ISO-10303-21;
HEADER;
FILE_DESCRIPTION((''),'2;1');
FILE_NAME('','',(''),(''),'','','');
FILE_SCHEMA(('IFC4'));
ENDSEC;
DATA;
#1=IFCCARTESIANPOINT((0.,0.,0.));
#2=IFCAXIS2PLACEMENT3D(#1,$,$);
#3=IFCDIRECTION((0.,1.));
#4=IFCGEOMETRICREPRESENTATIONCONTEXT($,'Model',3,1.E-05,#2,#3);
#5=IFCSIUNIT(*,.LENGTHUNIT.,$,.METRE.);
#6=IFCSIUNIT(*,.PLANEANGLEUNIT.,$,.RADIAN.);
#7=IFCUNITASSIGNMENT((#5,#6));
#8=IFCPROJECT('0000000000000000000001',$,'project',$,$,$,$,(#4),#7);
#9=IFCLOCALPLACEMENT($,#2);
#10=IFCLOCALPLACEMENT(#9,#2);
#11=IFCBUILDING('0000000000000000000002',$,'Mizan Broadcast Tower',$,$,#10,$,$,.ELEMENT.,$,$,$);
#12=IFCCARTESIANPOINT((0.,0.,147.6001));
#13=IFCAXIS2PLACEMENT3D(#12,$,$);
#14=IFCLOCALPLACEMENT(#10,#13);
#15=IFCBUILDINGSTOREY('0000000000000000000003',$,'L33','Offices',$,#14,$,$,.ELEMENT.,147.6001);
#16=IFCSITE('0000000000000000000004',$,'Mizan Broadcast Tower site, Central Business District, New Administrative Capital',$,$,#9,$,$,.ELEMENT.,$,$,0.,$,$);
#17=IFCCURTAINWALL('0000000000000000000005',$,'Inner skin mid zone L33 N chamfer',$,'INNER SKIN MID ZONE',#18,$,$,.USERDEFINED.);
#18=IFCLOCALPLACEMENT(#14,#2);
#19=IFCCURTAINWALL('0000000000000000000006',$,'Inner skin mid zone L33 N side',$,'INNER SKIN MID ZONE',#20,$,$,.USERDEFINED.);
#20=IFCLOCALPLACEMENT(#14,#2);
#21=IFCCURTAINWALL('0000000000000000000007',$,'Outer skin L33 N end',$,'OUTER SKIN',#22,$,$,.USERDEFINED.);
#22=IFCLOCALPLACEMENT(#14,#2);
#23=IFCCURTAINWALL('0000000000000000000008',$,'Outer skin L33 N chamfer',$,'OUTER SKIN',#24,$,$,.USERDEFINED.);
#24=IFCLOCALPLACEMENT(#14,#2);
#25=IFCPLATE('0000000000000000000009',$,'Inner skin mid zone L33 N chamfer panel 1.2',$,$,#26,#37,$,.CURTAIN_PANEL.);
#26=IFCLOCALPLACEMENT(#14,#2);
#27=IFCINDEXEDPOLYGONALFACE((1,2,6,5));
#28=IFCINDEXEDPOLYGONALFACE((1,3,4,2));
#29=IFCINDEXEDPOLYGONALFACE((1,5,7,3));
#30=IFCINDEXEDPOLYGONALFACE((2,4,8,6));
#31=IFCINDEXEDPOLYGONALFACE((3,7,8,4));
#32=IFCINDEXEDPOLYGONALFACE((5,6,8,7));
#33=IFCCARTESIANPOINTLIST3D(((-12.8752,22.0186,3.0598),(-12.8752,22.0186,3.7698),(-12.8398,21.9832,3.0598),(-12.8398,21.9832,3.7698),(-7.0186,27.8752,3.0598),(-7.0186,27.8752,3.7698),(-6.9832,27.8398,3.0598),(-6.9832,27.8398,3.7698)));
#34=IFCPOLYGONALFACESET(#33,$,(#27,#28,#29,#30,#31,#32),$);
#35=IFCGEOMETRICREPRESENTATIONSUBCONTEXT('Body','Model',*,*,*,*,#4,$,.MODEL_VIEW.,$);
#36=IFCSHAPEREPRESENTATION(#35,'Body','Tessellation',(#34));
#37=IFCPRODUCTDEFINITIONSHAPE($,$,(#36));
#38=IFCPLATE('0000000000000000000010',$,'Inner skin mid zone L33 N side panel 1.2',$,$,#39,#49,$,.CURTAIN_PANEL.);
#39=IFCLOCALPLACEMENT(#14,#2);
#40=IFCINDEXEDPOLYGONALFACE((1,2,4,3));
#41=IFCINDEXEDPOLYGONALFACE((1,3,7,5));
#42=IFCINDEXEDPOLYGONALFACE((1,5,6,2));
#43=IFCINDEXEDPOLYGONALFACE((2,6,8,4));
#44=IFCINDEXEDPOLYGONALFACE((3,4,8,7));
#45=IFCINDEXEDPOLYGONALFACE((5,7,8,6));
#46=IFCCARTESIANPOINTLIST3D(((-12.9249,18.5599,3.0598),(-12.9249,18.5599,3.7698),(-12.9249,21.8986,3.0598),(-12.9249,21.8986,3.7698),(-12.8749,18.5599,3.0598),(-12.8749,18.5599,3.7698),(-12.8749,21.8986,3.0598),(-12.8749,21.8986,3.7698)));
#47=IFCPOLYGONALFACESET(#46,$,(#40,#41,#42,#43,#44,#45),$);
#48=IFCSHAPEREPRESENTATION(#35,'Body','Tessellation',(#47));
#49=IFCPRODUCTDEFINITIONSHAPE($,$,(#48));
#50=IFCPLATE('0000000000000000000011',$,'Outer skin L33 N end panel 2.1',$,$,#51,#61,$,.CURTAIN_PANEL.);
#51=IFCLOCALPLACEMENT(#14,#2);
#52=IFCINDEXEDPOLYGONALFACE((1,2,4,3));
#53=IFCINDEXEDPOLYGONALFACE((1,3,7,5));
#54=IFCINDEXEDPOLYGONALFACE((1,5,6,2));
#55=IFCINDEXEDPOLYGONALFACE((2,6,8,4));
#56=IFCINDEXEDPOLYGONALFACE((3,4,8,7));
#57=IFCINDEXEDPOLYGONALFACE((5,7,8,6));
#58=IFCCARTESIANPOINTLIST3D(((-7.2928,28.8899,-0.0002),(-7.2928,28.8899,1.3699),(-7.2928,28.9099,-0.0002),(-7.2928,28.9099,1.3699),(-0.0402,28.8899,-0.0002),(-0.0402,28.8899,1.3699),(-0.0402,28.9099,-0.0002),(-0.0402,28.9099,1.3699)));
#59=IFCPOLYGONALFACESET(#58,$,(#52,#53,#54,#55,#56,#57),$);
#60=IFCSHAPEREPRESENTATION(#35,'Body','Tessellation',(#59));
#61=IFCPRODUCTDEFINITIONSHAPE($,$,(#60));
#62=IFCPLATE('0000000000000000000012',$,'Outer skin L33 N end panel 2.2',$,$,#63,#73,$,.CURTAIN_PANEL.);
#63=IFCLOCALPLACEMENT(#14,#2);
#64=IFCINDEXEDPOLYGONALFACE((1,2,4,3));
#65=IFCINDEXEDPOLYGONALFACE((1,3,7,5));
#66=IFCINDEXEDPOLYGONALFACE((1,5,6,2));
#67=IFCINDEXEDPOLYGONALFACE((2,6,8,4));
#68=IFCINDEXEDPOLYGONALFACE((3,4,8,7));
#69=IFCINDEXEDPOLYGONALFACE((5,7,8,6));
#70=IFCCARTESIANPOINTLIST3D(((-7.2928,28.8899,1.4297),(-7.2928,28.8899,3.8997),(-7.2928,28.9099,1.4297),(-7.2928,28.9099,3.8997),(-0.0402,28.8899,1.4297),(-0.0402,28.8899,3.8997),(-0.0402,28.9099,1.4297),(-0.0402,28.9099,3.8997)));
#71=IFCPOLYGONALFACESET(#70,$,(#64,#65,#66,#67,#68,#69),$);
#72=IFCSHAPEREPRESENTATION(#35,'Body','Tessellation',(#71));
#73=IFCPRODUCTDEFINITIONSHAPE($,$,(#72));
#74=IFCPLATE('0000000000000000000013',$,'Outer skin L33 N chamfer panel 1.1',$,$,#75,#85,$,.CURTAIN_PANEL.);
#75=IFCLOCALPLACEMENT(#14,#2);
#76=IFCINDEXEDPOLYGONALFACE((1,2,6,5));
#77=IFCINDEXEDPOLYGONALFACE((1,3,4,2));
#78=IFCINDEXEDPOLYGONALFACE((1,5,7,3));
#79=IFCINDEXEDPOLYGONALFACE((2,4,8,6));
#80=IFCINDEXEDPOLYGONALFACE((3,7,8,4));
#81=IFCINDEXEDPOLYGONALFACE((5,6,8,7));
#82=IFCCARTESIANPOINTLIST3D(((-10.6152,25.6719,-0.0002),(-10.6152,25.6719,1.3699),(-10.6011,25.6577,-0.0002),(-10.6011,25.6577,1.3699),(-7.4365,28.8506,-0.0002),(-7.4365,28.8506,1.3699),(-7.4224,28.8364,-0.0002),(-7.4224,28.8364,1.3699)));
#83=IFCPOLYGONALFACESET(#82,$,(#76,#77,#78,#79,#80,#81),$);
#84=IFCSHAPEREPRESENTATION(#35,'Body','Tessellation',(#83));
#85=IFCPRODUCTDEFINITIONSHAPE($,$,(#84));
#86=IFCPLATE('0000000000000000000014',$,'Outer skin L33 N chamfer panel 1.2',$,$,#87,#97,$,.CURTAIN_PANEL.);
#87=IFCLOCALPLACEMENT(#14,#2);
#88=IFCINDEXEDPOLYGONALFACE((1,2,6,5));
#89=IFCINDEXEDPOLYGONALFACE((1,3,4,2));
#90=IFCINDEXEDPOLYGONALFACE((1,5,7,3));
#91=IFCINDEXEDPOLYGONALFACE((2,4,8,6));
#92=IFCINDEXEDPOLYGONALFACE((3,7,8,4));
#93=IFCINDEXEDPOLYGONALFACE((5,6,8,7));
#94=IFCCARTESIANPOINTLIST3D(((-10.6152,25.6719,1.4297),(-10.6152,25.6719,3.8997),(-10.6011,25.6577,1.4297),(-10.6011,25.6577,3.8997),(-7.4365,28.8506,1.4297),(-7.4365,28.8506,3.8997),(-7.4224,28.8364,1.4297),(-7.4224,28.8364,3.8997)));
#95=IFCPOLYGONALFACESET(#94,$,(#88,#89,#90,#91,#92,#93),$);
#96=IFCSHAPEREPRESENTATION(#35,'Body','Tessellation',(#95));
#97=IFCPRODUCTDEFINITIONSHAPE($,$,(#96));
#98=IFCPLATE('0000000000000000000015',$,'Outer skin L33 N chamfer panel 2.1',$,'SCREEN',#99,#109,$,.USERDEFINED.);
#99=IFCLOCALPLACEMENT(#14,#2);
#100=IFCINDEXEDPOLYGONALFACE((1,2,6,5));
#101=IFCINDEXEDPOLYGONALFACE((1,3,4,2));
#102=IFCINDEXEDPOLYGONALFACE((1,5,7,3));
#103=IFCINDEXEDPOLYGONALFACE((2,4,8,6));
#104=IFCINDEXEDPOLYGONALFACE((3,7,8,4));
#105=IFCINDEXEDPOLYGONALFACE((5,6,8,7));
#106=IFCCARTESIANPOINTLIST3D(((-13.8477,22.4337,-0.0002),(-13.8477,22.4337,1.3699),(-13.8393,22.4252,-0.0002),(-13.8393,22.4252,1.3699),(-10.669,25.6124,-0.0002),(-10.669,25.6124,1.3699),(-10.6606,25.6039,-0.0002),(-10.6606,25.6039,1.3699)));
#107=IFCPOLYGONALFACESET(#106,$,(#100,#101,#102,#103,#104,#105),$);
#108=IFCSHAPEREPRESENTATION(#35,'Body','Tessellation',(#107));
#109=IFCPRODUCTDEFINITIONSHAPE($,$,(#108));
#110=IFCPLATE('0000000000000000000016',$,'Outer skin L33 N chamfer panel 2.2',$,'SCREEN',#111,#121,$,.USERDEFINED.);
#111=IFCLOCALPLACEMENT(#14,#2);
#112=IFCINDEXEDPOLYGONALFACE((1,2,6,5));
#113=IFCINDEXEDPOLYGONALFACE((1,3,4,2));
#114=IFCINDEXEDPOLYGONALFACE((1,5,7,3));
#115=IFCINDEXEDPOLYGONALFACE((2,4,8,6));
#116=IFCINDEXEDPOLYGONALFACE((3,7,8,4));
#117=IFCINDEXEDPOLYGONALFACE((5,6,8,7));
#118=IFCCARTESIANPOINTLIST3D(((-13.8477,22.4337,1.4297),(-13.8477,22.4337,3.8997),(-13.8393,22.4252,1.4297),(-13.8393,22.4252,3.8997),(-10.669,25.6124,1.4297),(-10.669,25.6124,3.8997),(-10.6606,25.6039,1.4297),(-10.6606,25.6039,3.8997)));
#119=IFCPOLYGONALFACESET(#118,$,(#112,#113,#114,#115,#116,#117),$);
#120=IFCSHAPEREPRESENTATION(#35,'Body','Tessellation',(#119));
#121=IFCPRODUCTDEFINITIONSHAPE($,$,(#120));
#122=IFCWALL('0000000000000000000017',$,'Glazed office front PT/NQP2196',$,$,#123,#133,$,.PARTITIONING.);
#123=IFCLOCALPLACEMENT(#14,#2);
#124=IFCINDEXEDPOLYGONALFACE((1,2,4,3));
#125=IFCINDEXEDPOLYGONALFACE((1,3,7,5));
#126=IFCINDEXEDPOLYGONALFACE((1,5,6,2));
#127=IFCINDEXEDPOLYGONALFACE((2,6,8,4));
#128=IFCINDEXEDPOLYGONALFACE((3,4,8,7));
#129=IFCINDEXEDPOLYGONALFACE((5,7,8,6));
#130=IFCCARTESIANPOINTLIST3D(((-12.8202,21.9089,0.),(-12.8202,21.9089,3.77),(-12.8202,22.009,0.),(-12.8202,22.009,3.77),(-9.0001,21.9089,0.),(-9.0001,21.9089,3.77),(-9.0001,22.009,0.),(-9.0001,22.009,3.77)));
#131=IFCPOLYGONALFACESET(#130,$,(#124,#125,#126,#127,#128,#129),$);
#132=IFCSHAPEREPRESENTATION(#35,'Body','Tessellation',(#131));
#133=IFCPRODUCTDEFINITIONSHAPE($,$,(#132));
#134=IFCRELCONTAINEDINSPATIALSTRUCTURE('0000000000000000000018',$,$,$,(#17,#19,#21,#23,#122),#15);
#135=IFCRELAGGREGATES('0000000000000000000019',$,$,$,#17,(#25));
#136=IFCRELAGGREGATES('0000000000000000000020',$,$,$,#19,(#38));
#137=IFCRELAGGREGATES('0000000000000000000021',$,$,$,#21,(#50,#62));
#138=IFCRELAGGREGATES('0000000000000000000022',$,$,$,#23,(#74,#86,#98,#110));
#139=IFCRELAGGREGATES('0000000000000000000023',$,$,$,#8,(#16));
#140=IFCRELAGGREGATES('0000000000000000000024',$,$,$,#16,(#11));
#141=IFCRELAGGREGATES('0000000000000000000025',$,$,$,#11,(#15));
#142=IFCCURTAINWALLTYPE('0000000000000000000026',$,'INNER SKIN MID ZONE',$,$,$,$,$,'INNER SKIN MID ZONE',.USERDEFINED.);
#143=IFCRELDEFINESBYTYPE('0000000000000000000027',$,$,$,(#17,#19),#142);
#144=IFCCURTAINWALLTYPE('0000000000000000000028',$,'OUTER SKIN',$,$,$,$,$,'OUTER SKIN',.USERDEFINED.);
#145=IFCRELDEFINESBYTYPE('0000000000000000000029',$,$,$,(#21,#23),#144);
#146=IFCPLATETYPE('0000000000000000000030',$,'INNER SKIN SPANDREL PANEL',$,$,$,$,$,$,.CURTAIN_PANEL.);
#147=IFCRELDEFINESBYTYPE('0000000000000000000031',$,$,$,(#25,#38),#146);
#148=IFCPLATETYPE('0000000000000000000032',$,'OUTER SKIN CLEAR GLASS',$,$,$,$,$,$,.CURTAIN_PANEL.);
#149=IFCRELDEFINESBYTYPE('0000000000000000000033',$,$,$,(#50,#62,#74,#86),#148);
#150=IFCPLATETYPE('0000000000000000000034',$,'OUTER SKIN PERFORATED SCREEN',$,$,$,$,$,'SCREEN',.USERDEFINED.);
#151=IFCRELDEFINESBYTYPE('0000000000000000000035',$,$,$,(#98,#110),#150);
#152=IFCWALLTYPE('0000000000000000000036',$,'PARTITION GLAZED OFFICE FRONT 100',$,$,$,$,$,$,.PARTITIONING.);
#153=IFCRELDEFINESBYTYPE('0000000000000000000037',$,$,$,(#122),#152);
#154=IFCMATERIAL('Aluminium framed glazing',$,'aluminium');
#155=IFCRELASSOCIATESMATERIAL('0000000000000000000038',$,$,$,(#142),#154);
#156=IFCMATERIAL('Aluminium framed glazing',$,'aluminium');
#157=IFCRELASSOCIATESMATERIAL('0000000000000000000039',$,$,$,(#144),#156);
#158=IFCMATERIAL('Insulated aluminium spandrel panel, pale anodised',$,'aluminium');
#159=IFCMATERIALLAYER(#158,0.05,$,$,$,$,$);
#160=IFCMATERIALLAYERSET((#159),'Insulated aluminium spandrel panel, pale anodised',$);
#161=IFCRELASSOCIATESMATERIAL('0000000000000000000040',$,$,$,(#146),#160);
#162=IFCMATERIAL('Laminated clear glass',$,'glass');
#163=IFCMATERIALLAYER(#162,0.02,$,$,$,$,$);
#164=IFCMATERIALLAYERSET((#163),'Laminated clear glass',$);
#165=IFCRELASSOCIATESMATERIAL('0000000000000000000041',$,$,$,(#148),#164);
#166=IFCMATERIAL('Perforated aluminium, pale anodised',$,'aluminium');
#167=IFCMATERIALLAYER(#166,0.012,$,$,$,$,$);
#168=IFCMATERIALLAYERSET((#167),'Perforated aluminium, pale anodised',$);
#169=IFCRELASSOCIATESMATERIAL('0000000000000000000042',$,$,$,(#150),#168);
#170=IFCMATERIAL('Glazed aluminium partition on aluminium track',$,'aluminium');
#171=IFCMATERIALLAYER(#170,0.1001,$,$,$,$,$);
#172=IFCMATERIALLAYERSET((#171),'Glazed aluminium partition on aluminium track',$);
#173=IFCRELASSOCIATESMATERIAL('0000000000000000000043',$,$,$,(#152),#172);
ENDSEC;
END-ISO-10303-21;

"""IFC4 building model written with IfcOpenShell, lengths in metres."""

from ifc_helpers import new_model, si_unit, direction, frame, frame_2d, origin, origin_2d, place, context, subcontext, project, spatial, rectangle, extrude, material, layer, layer_set, type_object, element, aggregate, save


model = new_model("IFC4")

# Units and contexts
model_context = context("Model", 3, precision=1e-05, world=origin(), true_north=direction((0.0, 1.0)))
body_context = subcontext(model_context, "Body", "Model", "MODEL_VIEW")
ifc_project = project(units=[si_unit("LENGTHUNIT", "METRE"), si_unit("PLANEANGLEUNIT", "RADIAN")], contexts=[model_context])

# Site, building, storey
site_placement = place(None, origin())
site = spatial("IfcSite", under=ifc_project, at=site_placement, Name="Mizan Broadcast Tower site, Central Business District, New Administrative Capital", CompositionType="ELEMENT", RefElevation=0.0)
building_placement = place(site_placement, origin())
building = spatial("IfcBuilding", under=site, at=building_placement, Name="Mizan Broadcast Tower", CompositionType="ELEMENT")
storey_placement = place(building_placement, frame((0.0, 0.0, 147.6001)))
storey = spatial("IfcBuildingStorey", under=building, at=storey_placement, Name="L33", Description="Offices", CompositionType="ELEMENT", Elevation=147.6001)

# Shared definitions
ifc_material_1 = material(Name="Aluminium framed glazing", Category="aluminium")
curtain_wall_type_1 = type_object("IfcCurtainWallType", Name="INNER SKIN MID ZONE", ElementType="INNER SKIN MID ZONE", PredefinedType="USERDEFINED", material=ifc_material_1)

# Curtain wall
curtain_wall_1_placement = place(storey_placement, origin())
curtain_wall_1 = element("IfcCurtainWall", 1, at=curtain_wall_1_placement, inside=storey, type_object=curtain_wall_type_1, Name="Inner skin mid zone L33 N chamfer", ObjectType="INNER SKIN MID ZONE", PredefinedType="USERDEFINED")

# Curtain wall
curtain_wall_2_placement = place(storey_placement, origin())
curtain_wall_2 = element("IfcCurtainWall", 2, at=curtain_wall_2_placement, inside=storey, type_object=curtain_wall_type_1, Name="Inner skin mid zone L33 N side", ObjectType="INNER SKIN MID ZONE", PredefinedType="USERDEFINED")

# Curtain wall
ifc_material_2 = material(Name="Aluminium framed glazing", Category="aluminium")
curtain_wall_type_2 = type_object("IfcCurtainWallType", Name="OUTER SKIN", ElementType="OUTER SKIN", PredefinedType="USERDEFINED", material=ifc_material_2)
curtain_wall_3_placement = place(storey_placement, origin())
curtain_wall_3 = element("IfcCurtainWall", 3, at=curtain_wall_3_placement, inside=storey, type_object=curtain_wall_type_2, Name="Outer skin L33 N end", ObjectType="OUTER SKIN", PredefinedType="USERDEFINED")

# Curtain wall
curtain_wall_4_placement = place(storey_placement, origin())
curtain_wall_4 = element("IfcCurtainWall", 4, at=curtain_wall_4_placement, inside=storey, type_object=curtain_wall_type_2, Name="Outer skin L33 N chamfer", ObjectType="OUTER SKIN", PredefinedType="USERDEFINED")

# Plates
ifc_material_3 = material(Name="Insulated aluminium spandrel panel, pale anodised", Category="aluminium")
ifc_layer_1 = layer(ifc_material_3, 0.05)
ifc_layer_set_1 = layer_set([ifc_layer_1], Name="Insulated aluminium spandrel panel, pale anodised")
plate_type_1 = type_object("IfcPlateType", Name="INNER SKIN SPANDREL PANEL", PredefinedType="CURTAIN_PANEL", material=ifc_layer_set_1)
plate_1_placement = place(storey_placement, frame((-9.9292, 24.9292, 3.0598), z_axis=(0.0, 0.0, 1.0), x_axis=(-0.707107, -0.707107, 0.0)))
plate_1 = element("IfcPlate", 5, at=plate_1_placement, type_object=plate_type_1, Name="Inner skin mid zone L33 N chamfer panel 1.2", PredefinedType="CURTAIN_PANEL", context=body_context, shape_type="SweptSolid", body=[
    extrude(rectangle(XDim=8.2825, YDim=0.05, at=origin_2d()), origin(), (0.0, 0.0, 1.0), 0.71),
])
aggregate(curtain_wall_1, [plate_1])
plate_2_placement = place(storey_placement, frame((-12.8999, 20.2292, 3.0598), z_axis=(0.0, 0.0, 1.0), x_axis=(0.0, -1.0, 0.0)))
plate_2 = element("IfcPlate", 6, at=plate_2_placement, type_object=plate_type_1, Name="Inner skin mid zone L33 N side panel 1.2", PredefinedType="CURTAIN_PANEL", context=body_context, shape_type="SweptSolid", body=[
    extrude(rectangle(XDim=3.3386, YDim=0.05, at=origin_2d()), origin(), (0.0, 0.0, 1.0), 0.71),
])
aggregate(curtain_wall_2, [plate_2])
ifc_material_4 = material(Name="Laminated clear glass", Category="glass")
ifc_layer_2 = layer(ifc_material_4, 0.02)
ifc_layer_set_2 = layer_set([ifc_layer_2], Name="Laminated clear glass")
plate_type_2 = type_object("IfcPlateType", Name="OUTER SKIN CLEAR GLASS", PredefinedType="CURTAIN_PANEL", material=ifc_layer_set_2)
plate_3_placement = place(storey_placement, frame((-3.6665, 28.8999, -0.0002), z_axis=(0.0, 0.0, 1.0), x_axis=(-1.0, 0.0, 0.0)))
plate_3 = element("IfcPlate", 7, at=plate_3_placement, type_object=plate_type_2, Name="Outer skin L33 N end panel 2.1", PredefinedType="CURTAIN_PANEL", context=body_context, shape_type="SweptSolid", body=[
    extrude(rectangle(XDim=7.2527, YDim=0.02, at=origin_2d()), origin(), (0.0, 0.0, 1.0), 1.3701),
])
plate_4_placement = place(storey_placement, frame((-3.6665, 28.8999, 1.4297), z_axis=(0.0, 0.0, 1.0), x_axis=(-1.0, 0.0, 0.0)))
plate_4 = element("IfcPlate", 8, at=plate_4_placement, type_object=plate_type_2, Name="Outer skin L33 N end panel 2.2", PredefinedType="CURTAIN_PANEL", context=body_context, shape_type="SweptSolid", body=[
    extrude(rectangle(XDim=7.2527, YDim=0.02, at=origin_2d()), origin(), (0.0, 0.0, 1.0), 2.47),
])
aggregate(curtain_wall_3, [plate_3, plate_4])
plate_5_placement = place(storey_placement, frame((-9.0188, 27.2542, -0.0002), z_axis=(0.0, 0.0, 1.0), x_axis=(-0.707107, -0.707107, 0.0)))
plate_5 = element("IfcPlate", 9, at=plate_5_placement, type_object=plate_type_2, Name="Outer skin L33 N chamfer panel 1.1", PredefinedType="CURTAIN_PANEL", context=body_context, shape_type="SweptSolid", body=[
    extrude(rectangle(XDim=4.4954, YDim=0.02, at=origin_2d()), origin(), (0.0, 0.0, 1.0), 1.3701),
])
plate_6_placement = place(storey_placement, frame((-9.0188, 27.2542, 1.4297), z_axis=(0.0, 0.0, 1.0), x_axis=(-0.707107, -0.707107, 0.0)))
plate_6 = element("IfcPlate", 10, at=plate_6_placement, type_object=plate_type_2, Name="Outer skin L33 N chamfer panel 1.2", PredefinedType="CURTAIN_PANEL", context=body_context, shape_type="SweptSolid", body=[
    extrude(rectangle(XDim=4.4954, YDim=0.02, at=origin_2d()), origin(), (0.0, 0.0, 1.0), 2.47),
])
ifc_material_5 = material(Name="Perforated aluminium, pale anodised", Category="aluminium")
ifc_layer_3 = layer(ifc_material_5, 0.012)
ifc_layer_set_3 = layer_set([ifc_layer_3], Name="Perforated aluminium, pale anodised")
plate_type_3 = type_object("IfcPlateType", Name="OUTER SKIN PERFORATED SCREEN", ElementType="SCREEN", PredefinedType="USERDEFINED", material=ifc_layer_set_3)
plate_7_placement = place(storey_placement, frame((-12.2542, 24.0188, -0.0002), z_axis=(0.0, 0.0, 1.0), x_axis=(-0.707107, -0.707107, 0.0)))
plate_7 = element("IfcPlate", 11, at=plate_7_placement, type_object=plate_type_3, Name="Outer skin L33 N chamfer panel 2.1", ObjectType="SCREEN", PredefinedType="USERDEFINED", context=body_context, shape_type="SweptSolid", body=[
    extrude(rectangle(XDim=4.4954, YDim=0.012, at=origin_2d()), origin(), (0.0, 0.0, 1.0), 1.3701),
])
plate_8_placement = place(storey_placement, frame((-12.2542, 24.0188, 1.4297), z_axis=(0.0, 0.0, 1.0), x_axis=(-0.707107, -0.707107, 0.0)))
plate_8 = element("IfcPlate", 12, at=plate_8_placement, type_object=plate_type_3, Name="Outer skin L33 N chamfer panel 2.2", ObjectType="SCREEN", PredefinedType="USERDEFINED", context=body_context, shape_type="SweptSolid", body=[
    extrude(rectangle(XDim=4.4954, YDim=0.012, at=origin_2d()), origin(), (0.0, 0.0, 1.0), 2.47),
])
aggregate(curtain_wall_4, [plate_5, plate_6, plate_7, plate_8])

# Wall
ifc_material_6 = material(Name="Glazed aluminium partition on aluminium track", Category="aluminium")
ifc_layer_4 = layer(ifc_material_6, 0.1001)
ifc_layer_set_4 = layer_set([ifc_layer_4], Name="Glazed aluminium partition on aluminium track")
wall_type = type_object("IfcWallType", Name="PARTITION GLAZED OFFICE FRONT 100", PredefinedType="PARTITIONING", material=ifc_layer_set_4)
wall_placement = place(storey_placement, frame((-9.0, 21.959, 0.0), z_axis=(0.0, 0.0, 1.0), x_axis=(-1.0, 0.0, 0.0)))
element("IfcWall", 13, at=wall_placement, inside=storey, type_object=wall_type, Name="Glazed office front PT/NQP2196", PredefinedType="PARTITIONING", context=body_context, shape_type="SweptSolid", body=[
    extrude(rectangle(XDim=3.8201, YDim=0.1001, at=frame_2d((1.9102, 0.0))), origin(), (0.0, 0.0, 1.0), 3.77),
])

save(model, "model.ifc")
